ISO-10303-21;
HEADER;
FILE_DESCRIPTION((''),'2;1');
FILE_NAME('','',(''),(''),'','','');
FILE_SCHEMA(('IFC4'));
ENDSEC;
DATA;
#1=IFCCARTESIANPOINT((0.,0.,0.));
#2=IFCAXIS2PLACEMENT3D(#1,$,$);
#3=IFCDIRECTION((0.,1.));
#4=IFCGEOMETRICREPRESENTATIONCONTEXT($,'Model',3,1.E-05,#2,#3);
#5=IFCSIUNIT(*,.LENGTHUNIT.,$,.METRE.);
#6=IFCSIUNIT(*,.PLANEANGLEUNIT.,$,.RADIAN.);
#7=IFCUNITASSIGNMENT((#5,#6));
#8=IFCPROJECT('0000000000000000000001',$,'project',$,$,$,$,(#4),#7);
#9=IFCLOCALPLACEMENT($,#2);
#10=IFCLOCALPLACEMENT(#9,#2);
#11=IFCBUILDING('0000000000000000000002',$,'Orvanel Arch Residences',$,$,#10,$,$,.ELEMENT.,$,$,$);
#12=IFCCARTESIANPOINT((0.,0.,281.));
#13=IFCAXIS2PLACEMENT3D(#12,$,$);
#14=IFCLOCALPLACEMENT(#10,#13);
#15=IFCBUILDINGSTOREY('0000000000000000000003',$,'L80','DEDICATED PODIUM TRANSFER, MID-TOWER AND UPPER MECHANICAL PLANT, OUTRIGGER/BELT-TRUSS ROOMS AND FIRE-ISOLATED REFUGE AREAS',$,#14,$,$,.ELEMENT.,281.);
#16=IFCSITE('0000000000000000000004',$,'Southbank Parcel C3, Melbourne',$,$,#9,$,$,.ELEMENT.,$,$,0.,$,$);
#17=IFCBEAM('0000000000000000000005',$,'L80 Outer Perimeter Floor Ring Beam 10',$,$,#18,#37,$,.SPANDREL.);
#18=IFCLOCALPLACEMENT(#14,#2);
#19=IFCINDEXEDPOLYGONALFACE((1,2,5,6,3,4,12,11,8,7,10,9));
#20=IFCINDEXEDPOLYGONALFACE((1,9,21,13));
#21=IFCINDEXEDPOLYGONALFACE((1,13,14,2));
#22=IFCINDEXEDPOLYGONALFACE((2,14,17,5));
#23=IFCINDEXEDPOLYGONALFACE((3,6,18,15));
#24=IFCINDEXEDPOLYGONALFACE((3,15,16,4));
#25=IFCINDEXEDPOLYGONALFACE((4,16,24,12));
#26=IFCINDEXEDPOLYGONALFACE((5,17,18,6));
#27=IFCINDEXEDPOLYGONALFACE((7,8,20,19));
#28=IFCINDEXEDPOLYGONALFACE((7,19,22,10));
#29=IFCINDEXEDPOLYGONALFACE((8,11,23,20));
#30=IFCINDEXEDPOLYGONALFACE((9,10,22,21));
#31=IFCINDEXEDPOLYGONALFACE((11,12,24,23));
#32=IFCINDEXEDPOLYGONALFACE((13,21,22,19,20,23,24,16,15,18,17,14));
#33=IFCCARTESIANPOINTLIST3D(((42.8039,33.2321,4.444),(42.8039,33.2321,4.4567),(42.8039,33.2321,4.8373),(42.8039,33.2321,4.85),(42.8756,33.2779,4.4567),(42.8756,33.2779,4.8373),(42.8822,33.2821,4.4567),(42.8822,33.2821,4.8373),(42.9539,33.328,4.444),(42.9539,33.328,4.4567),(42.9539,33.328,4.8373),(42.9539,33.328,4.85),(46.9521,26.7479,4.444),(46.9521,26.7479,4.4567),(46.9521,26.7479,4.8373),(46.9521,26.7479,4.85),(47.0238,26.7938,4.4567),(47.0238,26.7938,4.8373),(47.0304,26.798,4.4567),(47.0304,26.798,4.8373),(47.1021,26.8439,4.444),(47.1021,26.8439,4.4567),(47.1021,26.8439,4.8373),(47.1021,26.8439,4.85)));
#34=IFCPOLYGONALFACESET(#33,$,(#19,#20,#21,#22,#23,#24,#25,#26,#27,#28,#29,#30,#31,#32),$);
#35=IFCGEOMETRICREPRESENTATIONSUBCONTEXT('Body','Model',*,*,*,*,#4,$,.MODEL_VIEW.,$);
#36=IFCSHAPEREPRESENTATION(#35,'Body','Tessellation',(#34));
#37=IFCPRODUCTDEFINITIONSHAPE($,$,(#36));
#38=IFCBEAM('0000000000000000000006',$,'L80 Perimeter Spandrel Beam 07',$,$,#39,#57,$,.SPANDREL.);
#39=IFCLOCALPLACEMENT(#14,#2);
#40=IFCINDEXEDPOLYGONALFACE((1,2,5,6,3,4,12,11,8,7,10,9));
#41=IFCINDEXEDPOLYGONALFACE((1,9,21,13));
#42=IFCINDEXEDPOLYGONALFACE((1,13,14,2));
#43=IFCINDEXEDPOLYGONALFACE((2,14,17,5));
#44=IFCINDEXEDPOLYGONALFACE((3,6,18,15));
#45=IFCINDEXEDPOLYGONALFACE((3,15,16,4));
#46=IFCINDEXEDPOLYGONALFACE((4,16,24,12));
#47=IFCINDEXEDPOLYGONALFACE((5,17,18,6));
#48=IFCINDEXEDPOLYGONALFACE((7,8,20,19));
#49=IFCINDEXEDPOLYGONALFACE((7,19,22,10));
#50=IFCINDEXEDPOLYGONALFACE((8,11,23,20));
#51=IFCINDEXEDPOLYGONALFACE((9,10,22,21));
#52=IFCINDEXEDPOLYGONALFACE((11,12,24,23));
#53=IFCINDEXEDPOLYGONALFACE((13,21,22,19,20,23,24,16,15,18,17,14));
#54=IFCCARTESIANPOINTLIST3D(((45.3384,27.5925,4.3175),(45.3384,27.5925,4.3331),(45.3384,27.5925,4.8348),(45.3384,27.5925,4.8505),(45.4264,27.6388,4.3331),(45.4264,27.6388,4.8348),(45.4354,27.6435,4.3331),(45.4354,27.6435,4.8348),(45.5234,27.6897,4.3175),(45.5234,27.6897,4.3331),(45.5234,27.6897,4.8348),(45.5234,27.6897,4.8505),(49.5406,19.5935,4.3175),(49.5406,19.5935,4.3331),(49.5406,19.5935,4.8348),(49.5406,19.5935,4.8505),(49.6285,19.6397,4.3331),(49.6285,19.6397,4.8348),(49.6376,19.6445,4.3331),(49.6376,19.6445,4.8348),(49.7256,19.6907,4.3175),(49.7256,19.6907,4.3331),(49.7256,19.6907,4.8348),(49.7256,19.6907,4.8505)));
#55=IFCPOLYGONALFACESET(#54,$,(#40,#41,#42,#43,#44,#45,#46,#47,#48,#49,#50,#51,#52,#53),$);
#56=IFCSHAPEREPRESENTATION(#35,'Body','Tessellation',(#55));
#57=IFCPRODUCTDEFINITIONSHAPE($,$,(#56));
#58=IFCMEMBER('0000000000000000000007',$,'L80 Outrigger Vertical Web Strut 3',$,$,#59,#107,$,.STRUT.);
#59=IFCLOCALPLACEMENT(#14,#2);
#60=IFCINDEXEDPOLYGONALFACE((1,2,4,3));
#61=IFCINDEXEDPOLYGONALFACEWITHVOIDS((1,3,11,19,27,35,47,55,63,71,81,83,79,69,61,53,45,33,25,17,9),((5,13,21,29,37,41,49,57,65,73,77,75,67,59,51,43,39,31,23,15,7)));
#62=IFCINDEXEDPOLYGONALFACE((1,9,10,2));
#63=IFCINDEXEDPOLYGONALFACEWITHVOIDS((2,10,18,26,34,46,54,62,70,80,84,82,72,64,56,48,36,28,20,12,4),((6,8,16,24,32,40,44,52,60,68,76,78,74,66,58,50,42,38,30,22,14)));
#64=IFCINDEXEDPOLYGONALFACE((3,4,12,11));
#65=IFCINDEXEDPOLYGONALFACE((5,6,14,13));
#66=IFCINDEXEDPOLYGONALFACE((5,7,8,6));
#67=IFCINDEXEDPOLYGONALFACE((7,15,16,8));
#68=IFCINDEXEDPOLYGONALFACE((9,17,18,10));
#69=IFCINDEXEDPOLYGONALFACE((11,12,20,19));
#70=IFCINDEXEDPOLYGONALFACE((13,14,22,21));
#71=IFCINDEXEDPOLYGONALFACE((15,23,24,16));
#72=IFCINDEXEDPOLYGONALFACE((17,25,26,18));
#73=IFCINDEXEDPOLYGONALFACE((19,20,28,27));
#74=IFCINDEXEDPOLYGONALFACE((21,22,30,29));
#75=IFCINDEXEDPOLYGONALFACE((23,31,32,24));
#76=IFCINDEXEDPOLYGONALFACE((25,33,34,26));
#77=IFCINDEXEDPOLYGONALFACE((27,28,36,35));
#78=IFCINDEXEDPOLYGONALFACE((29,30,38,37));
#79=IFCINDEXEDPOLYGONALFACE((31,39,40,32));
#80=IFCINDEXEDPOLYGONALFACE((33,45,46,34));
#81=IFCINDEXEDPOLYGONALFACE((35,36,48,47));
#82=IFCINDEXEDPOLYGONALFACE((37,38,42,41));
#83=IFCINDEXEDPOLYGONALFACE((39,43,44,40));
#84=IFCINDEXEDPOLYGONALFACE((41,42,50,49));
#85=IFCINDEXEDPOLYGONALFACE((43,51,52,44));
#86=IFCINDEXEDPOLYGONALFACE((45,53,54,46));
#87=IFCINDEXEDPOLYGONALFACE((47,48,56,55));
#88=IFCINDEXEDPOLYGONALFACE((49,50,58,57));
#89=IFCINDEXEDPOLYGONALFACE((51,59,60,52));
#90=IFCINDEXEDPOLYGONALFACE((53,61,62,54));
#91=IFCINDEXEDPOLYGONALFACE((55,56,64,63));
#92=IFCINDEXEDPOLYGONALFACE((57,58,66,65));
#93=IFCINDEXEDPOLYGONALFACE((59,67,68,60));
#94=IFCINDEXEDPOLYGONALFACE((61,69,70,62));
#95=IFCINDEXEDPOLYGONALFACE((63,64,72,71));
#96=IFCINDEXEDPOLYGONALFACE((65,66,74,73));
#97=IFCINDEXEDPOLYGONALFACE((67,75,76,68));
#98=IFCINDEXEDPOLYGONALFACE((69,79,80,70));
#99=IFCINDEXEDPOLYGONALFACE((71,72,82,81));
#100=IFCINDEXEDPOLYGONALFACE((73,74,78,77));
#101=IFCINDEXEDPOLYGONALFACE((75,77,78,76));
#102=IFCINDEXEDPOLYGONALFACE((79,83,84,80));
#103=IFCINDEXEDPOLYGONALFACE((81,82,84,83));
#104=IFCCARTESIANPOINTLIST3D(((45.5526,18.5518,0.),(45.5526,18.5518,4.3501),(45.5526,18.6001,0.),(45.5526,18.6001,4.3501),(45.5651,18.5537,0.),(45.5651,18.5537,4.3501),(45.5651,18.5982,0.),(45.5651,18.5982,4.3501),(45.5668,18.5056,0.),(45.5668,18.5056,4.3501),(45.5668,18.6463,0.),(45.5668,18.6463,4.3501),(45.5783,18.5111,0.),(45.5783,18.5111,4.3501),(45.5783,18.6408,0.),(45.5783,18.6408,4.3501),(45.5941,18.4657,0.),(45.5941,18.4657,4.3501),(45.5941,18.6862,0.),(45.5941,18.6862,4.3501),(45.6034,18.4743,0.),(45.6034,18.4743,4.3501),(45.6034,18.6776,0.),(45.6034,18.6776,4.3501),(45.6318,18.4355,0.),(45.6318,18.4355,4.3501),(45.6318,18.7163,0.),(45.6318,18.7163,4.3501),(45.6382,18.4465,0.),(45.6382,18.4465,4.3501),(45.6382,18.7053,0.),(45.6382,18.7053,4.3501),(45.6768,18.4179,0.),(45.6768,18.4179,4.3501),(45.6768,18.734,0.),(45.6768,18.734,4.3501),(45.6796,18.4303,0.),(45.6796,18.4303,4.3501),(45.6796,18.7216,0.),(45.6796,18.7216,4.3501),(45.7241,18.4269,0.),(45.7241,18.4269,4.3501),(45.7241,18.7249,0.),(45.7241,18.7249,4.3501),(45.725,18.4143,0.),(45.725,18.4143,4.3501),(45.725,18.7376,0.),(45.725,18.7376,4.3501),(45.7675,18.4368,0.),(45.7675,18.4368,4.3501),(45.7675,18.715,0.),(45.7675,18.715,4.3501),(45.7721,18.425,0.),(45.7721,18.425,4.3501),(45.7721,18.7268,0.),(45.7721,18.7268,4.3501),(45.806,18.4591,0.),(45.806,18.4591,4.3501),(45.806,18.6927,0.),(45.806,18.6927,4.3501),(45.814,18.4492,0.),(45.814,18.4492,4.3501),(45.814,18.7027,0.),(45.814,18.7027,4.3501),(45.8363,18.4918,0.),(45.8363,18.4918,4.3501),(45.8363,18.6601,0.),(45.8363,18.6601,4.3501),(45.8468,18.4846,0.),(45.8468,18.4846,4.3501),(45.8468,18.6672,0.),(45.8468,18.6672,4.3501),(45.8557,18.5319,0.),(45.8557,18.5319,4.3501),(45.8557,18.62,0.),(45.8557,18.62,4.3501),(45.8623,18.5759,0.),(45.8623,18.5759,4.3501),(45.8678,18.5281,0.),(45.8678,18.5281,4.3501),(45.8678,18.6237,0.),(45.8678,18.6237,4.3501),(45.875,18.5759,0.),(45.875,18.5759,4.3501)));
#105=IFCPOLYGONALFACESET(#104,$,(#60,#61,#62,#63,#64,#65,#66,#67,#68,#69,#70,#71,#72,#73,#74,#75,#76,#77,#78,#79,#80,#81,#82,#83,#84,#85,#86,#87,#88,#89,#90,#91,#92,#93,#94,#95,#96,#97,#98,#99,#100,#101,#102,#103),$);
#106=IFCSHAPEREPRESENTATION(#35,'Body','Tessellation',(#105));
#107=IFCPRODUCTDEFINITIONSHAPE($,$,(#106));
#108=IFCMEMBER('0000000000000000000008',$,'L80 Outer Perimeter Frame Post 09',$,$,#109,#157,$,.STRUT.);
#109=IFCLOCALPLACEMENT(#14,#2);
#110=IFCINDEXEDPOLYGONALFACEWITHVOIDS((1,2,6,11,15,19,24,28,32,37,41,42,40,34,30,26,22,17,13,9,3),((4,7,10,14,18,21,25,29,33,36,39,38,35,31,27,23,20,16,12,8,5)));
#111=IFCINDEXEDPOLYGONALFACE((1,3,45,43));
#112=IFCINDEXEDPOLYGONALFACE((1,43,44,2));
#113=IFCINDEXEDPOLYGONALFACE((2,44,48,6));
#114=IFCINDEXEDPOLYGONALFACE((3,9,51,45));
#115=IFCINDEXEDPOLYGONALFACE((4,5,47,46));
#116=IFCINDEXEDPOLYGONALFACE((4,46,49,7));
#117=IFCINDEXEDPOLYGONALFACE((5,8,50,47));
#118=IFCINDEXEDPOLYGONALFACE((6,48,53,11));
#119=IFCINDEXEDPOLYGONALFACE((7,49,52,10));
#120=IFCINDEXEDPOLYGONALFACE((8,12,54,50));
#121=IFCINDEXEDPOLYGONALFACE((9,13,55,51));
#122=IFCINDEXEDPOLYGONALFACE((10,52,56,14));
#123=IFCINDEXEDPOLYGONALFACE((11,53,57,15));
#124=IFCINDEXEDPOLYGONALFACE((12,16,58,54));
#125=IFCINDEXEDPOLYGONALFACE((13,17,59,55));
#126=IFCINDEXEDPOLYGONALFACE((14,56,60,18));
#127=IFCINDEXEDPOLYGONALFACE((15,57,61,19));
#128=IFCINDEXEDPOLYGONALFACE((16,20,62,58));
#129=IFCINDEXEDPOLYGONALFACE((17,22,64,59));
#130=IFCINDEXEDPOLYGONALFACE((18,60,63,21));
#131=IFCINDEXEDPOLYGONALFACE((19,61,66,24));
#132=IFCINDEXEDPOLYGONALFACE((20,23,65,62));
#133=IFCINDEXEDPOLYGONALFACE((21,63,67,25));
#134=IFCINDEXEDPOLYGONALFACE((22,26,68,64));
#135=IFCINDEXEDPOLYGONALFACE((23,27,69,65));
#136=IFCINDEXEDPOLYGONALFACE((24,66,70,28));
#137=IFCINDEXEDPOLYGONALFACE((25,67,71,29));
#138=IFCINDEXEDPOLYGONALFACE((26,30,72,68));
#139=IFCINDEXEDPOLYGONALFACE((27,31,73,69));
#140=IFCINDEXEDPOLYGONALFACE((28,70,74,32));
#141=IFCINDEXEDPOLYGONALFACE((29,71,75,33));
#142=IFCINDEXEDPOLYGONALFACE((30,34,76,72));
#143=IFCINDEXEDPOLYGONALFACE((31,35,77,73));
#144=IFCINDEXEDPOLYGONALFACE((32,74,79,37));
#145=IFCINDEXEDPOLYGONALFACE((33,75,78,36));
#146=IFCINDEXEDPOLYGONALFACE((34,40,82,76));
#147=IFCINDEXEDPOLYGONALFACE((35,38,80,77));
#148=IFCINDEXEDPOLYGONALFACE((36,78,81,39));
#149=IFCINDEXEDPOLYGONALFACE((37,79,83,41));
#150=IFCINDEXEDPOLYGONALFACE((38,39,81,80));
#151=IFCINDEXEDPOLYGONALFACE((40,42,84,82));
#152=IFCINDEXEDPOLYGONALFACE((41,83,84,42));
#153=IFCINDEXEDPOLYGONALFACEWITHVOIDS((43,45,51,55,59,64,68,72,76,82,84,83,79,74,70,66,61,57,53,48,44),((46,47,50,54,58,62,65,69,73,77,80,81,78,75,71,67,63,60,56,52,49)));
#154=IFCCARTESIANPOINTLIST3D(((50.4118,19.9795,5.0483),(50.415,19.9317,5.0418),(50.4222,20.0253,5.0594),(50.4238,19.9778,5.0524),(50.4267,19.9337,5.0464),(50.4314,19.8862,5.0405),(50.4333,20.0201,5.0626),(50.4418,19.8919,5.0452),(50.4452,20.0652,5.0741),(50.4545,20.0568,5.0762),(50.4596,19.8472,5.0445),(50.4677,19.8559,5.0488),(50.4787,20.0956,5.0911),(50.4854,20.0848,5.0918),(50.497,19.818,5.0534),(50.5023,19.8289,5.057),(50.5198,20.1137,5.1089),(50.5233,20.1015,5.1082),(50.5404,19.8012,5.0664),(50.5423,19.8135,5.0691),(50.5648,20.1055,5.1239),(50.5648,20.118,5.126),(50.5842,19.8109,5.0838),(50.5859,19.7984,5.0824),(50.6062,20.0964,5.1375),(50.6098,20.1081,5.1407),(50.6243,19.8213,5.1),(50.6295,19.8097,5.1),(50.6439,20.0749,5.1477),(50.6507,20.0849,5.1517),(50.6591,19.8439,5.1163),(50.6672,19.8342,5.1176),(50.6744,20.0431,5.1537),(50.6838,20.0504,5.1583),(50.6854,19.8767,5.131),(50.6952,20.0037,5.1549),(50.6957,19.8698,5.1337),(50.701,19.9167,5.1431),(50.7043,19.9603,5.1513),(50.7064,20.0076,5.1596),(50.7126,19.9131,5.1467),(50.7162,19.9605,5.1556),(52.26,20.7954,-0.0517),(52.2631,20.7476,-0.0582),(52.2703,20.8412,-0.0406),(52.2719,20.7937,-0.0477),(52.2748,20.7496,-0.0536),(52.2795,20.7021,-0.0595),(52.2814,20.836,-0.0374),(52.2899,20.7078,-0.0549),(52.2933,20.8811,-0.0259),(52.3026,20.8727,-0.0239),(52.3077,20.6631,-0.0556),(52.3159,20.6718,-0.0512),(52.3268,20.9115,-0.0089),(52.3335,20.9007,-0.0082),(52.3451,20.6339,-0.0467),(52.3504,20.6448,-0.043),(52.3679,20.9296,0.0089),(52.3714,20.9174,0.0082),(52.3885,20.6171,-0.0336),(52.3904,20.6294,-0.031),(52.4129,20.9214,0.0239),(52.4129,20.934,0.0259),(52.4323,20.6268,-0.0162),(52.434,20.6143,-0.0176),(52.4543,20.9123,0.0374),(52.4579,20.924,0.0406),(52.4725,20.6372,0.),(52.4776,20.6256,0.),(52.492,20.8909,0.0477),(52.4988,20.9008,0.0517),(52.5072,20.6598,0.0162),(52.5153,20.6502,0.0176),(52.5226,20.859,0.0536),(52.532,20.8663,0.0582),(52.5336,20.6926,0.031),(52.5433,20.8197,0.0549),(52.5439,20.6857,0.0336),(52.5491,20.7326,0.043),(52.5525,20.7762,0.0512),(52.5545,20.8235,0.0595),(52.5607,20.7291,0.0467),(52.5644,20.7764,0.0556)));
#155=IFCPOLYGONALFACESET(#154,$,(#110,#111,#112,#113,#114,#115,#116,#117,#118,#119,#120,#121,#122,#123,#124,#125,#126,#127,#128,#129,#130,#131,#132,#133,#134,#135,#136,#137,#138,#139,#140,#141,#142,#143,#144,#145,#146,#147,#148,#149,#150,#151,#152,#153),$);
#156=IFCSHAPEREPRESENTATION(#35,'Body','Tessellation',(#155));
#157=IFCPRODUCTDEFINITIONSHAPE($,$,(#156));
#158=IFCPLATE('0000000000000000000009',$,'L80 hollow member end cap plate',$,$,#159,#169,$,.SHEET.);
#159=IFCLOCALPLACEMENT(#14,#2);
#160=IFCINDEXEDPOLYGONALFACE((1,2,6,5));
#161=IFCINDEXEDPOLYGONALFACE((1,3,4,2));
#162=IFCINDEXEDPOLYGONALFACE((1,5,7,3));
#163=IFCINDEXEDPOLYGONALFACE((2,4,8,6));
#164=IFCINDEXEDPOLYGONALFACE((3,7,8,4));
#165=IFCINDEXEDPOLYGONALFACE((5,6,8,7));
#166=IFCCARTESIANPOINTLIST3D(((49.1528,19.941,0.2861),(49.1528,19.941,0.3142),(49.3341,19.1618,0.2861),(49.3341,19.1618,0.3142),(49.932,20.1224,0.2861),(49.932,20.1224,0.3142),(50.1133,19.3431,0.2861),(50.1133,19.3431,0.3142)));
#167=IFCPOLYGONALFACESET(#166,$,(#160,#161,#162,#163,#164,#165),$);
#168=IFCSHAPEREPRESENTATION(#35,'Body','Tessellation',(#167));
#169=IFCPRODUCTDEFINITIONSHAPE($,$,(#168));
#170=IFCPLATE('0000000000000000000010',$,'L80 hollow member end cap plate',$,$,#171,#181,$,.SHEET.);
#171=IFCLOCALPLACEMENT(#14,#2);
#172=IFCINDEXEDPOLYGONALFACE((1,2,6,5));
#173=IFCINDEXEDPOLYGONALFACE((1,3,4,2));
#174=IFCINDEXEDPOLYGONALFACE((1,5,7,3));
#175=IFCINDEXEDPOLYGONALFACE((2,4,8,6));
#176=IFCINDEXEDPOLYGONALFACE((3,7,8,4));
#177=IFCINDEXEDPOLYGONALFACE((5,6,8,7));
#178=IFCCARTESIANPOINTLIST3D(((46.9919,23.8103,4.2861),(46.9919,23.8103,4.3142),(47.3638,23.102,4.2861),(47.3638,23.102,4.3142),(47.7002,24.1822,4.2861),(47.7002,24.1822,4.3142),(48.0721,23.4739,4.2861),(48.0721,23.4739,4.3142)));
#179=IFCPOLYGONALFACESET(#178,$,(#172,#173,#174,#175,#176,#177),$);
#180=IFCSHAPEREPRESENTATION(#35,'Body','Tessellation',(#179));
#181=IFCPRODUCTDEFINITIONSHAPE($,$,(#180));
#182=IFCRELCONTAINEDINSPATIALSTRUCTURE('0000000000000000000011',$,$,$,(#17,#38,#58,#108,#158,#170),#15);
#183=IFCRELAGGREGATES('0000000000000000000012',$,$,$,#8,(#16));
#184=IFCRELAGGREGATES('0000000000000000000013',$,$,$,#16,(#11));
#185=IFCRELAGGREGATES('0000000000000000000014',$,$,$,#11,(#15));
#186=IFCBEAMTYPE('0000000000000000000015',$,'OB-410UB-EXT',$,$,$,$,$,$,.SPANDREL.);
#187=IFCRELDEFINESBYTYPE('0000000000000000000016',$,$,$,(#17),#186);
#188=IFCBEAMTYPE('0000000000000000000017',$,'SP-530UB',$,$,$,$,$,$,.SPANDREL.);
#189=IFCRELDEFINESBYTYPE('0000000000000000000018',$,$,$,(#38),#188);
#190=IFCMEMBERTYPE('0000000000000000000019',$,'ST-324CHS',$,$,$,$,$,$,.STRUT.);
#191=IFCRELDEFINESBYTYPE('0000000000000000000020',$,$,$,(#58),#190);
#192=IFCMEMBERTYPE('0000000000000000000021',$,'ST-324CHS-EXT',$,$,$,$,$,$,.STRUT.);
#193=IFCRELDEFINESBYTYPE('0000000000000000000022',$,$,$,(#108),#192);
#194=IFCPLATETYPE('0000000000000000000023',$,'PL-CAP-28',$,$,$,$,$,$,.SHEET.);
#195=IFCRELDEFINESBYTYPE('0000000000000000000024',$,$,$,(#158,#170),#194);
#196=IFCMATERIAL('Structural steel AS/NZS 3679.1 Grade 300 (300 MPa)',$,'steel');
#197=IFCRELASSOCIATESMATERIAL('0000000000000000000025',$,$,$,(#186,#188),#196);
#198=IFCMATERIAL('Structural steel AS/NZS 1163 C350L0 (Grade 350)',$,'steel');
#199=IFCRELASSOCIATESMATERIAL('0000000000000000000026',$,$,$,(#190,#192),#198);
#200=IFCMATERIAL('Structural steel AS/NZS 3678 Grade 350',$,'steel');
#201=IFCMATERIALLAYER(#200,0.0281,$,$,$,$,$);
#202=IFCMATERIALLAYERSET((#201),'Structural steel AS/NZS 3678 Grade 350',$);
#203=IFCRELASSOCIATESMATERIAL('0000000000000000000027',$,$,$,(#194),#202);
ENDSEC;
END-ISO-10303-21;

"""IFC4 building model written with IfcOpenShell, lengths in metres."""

from ifc_helpers import new_model, si_unit, direction, frame, origin, origin_2d, place, context, subcontext, project, spatial, rectangle, hollow_circle, i_section, extrude, material, layer, layer_set, material_profile, profile_set, type_object, element, save


model = new_model("IFC4")

# Units and contexts
model_context = context("Model", 3, precision=1e-05, world=origin(), true_north=direction((0.0, 1.0)))
body_context = subcontext(model_context, "Body", "Model", "MODEL_VIEW")
ifc_project = project(units=[si_unit("LENGTHUNIT", "METRE"), si_unit("PLANEANGLEUNIT", "RADIAN")], contexts=[model_context])

# Site, building, storey
site_placement = place(None, origin())
site = spatial("IfcSite", under=ifc_project, at=site_placement, Name="Southbank Parcel C3, Melbourne", CompositionType="ELEMENT", RefElevation=0.0)
building_placement = place(site_placement, origin())
building = spatial("IfcBuilding", under=site, at=building_placement, Name="Orvanel Arch Residences", CompositionType="ELEMENT")
storey_placement = place(building_placement, frame((0.0, 0.0, 281.0)))
storey = spatial("IfcBuildingStorey", under=building, at=storey_placement, Name="L80", Description="DEDICATED PODIUM TRANSFER, MID-TOWER AND UPPER MECHANICAL PLANT, OUTRIGGER/BELT-TRUSS ROOMS AND FIRE-ISOLATED REFUGE AREAS", CompositionType="ELEMENT", Elevation=281.0)

# Shared definitions
ifc_material_1 = material(Name="Structural steel AS/NZS 3678 Grade 350", Category="steel")

# Shared definitions
ifc_material_2 = material(Name="Structural steel AS/NZS 3679.1 Grade 300 (300 MPa)", Category="steel")

# Beams
ifc_material_profile_1 = material_profile(ifc_material_2, i_section(OverallWidth=0.178, OverallDepth=0.406, WebThickness=0.0078, FlangeThickness=0.0127, at=origin_2d()), Name="410UB59.7")
ifc_profile_set_1 = profile_set([ifc_material_profile_1], Name="Structural steel AS/NZS 3679.1 Grade 300 (300 MPa)")
beam_type_1 = type_object("IfcBeamType", Name="OB-410UB-EXT", PredefinedType="SPANDREL", material=ifc_profile_set_1)
beam_1_placement = place(storey_placement, frame((47.0271, 26.7959, 4.647), z_axis=(-0.538902, 0.842369, 0.0), x_axis=(-0.842369, -0.538902, 0.0)))
element("IfcBeam", 1, at=beam_1_placement, inside=storey, type_object=beam_type_1, Name="L80 Outer Perimeter Floor Ring Beam 10", PredefinedType="SPANDREL", context=body_context, shape_type="SweptSolid", body=[
    extrude(i_section(OverallWidth=0.178, OverallDepth=0.406, WebThickness=0.0078, FlangeThickness=0.0127, at=origin_2d()), origin(), (0.0, 0.0, 1.0), 7.6975),
])
ifc_material_profile_2 = material_profile(ifc_material_2, i_section(OverallWidth=0.209, OverallDepth=0.533, WebThickness=0.0103, FlangeThickness=0.0156, at=origin_2d()), Name="530UB92.4")
ifc_profile_set_2 = profile_set([ifc_material_profile_2], Name="Structural steel AS/NZS 3679.1 Grade 300 (300 MPa)")
beam_type_2 = type_object("IfcBeamType", Name="SP-530UB", PredefinedType="SPANDREL", material=ifc_profile_set_2)
beam_2_placement = place(storey_placement, frame((49.6331, 19.6421, 4.584), z_axis=(-0.465065, 0.885277, 0.0), x_axis=(-0.885277, -0.465065, 0.0)))
element("IfcBeam", 2, at=beam_2_placement, inside=storey, type_object=beam_type_2, Name="L80 Perimeter Spandrel Beam 07", PredefinedType="SPANDREL", context=body_context, shape_type="SweptSolid", body=[
    extrude(i_section(OverallWidth=0.209, OverallDepth=0.533, WebThickness=0.0103, FlangeThickness=0.0156, at=origin_2d()), origin(), (0.0, 0.0, 1.0), 9.0356),
])

# Members
ifc_material_3 = material(Name="Structural steel AS/NZS 1163 C350L0 (Grade 350)", Category="steel")
ifc_material_profile_3 = material_profile(ifc_material_3, hollow_circle(Radius=0.1621, WallThickness=0.0127, at=origin_2d()), Name="CHS324x12.7")
ifc_profile_set_3 = profile_set([ifc_material_profile_3], Name="Structural steel AS/NZS 1163 C350L0 (Grade 350)")
member_type_1 = type_object("IfcMemberType", Name="ST-324CHS", PredefinedType="STRUT", material=ifc_profile_set_3)
member_1_placement = place(storey_placement, frame((45.7129, 18.5759, 0.0), z_axis=(0.0, 0.0, 1.0), x_axis=(1.0, 0.0, 0.0)))
element("IfcMember", 3, at=member_1_placement, inside=storey, type_object=member_type_1, Name="L80 Outrigger Vertical Web Strut 3", PredefinedType="STRUT", context=body_context, shape_type="SweptSolid", body=[
    extrude(hollow_circle(Radius=0.1621, WallThickness=0.0127, at=origin_2d()), origin(), (0.0, 0.0, 1.0), 4.3501),
])
ifc_material_profile_4 = material_profile(ifc_material_3, hollow_circle(Radius=0.1621, WallThickness=0.0127, at=origin_2d()), Name="CHS324x12.7")
ifc_profile_set_4 = profile_set([ifc_material_profile_4], Name="Structural steel AS/NZS 1163 C350L0 (Grade 350)")
member_type_2 = type_object("IfcMemberType", Name="ST-324CHS-EXT", PredefinedType="STRUT", material=ifc_profile_set_4)
member_2_placement = place(storey_placement, frame((52.4121, 20.7739, 0.0), z_axis=(-0.336905, -0.148737, 0.929716), x_axis=(0.403872, -0.914815, 0.0)))
element("IfcMember", 4, at=member_2_placement, inside=storey, type_object=member_type_2, Name="L80 Outer Perimeter Frame Post 09", PredefinedType="STRUT", context=body_context, shape_type="SweptSolid", body=[
    extrude(hollow_circle(Radius=0.1621, WallThickness=0.0127, at=origin_2d()), origin(), (0.0, 0.0, 1.0), 5.4856),
])

# Plates
ifc_layer_1 = layer(ifc_material_1, 0.0281)
ifc_layer_set_1 = layer_set([ifc_layer_1], Name="Structural steel AS/NZS 3678 Grade 350")
plate_type_1 = type_object("IfcPlateType", Name="PL-CAP-28", PredefinedType="SHEET", material=ifc_layer_set_1)
for number, where, z_axis, x_axis, name in (
    (5, (49.6331, 19.6421, 0.2861), (0.0, 0.0, 1.0), (-0.226651, 0.973976, 0.0), "L80 hollow member end cap plate"),
    (6, (47.532, 23.6421, 4.2861), (0.0, 0.0, 1.0), (-0.464842, 0.885394, 0.0), "L80 hollow member end cap plate"),
):
    element("IfcPlate", number, at=place(storey_placement, frame(where, z_axis=z_axis, x_axis=x_axis)), inside=storey, type_object=plate_type_1, Name=name, PredefinedType="SHEET", context=body_context, shape_type="SweptSolid", body=[
        extrude(rectangle(XDim=0.8, YDim=0.8, at=origin_2d()), origin(), (0.0, 0.0, 1.0), 0.0281),
    ])

save(model, "model.ifc")
